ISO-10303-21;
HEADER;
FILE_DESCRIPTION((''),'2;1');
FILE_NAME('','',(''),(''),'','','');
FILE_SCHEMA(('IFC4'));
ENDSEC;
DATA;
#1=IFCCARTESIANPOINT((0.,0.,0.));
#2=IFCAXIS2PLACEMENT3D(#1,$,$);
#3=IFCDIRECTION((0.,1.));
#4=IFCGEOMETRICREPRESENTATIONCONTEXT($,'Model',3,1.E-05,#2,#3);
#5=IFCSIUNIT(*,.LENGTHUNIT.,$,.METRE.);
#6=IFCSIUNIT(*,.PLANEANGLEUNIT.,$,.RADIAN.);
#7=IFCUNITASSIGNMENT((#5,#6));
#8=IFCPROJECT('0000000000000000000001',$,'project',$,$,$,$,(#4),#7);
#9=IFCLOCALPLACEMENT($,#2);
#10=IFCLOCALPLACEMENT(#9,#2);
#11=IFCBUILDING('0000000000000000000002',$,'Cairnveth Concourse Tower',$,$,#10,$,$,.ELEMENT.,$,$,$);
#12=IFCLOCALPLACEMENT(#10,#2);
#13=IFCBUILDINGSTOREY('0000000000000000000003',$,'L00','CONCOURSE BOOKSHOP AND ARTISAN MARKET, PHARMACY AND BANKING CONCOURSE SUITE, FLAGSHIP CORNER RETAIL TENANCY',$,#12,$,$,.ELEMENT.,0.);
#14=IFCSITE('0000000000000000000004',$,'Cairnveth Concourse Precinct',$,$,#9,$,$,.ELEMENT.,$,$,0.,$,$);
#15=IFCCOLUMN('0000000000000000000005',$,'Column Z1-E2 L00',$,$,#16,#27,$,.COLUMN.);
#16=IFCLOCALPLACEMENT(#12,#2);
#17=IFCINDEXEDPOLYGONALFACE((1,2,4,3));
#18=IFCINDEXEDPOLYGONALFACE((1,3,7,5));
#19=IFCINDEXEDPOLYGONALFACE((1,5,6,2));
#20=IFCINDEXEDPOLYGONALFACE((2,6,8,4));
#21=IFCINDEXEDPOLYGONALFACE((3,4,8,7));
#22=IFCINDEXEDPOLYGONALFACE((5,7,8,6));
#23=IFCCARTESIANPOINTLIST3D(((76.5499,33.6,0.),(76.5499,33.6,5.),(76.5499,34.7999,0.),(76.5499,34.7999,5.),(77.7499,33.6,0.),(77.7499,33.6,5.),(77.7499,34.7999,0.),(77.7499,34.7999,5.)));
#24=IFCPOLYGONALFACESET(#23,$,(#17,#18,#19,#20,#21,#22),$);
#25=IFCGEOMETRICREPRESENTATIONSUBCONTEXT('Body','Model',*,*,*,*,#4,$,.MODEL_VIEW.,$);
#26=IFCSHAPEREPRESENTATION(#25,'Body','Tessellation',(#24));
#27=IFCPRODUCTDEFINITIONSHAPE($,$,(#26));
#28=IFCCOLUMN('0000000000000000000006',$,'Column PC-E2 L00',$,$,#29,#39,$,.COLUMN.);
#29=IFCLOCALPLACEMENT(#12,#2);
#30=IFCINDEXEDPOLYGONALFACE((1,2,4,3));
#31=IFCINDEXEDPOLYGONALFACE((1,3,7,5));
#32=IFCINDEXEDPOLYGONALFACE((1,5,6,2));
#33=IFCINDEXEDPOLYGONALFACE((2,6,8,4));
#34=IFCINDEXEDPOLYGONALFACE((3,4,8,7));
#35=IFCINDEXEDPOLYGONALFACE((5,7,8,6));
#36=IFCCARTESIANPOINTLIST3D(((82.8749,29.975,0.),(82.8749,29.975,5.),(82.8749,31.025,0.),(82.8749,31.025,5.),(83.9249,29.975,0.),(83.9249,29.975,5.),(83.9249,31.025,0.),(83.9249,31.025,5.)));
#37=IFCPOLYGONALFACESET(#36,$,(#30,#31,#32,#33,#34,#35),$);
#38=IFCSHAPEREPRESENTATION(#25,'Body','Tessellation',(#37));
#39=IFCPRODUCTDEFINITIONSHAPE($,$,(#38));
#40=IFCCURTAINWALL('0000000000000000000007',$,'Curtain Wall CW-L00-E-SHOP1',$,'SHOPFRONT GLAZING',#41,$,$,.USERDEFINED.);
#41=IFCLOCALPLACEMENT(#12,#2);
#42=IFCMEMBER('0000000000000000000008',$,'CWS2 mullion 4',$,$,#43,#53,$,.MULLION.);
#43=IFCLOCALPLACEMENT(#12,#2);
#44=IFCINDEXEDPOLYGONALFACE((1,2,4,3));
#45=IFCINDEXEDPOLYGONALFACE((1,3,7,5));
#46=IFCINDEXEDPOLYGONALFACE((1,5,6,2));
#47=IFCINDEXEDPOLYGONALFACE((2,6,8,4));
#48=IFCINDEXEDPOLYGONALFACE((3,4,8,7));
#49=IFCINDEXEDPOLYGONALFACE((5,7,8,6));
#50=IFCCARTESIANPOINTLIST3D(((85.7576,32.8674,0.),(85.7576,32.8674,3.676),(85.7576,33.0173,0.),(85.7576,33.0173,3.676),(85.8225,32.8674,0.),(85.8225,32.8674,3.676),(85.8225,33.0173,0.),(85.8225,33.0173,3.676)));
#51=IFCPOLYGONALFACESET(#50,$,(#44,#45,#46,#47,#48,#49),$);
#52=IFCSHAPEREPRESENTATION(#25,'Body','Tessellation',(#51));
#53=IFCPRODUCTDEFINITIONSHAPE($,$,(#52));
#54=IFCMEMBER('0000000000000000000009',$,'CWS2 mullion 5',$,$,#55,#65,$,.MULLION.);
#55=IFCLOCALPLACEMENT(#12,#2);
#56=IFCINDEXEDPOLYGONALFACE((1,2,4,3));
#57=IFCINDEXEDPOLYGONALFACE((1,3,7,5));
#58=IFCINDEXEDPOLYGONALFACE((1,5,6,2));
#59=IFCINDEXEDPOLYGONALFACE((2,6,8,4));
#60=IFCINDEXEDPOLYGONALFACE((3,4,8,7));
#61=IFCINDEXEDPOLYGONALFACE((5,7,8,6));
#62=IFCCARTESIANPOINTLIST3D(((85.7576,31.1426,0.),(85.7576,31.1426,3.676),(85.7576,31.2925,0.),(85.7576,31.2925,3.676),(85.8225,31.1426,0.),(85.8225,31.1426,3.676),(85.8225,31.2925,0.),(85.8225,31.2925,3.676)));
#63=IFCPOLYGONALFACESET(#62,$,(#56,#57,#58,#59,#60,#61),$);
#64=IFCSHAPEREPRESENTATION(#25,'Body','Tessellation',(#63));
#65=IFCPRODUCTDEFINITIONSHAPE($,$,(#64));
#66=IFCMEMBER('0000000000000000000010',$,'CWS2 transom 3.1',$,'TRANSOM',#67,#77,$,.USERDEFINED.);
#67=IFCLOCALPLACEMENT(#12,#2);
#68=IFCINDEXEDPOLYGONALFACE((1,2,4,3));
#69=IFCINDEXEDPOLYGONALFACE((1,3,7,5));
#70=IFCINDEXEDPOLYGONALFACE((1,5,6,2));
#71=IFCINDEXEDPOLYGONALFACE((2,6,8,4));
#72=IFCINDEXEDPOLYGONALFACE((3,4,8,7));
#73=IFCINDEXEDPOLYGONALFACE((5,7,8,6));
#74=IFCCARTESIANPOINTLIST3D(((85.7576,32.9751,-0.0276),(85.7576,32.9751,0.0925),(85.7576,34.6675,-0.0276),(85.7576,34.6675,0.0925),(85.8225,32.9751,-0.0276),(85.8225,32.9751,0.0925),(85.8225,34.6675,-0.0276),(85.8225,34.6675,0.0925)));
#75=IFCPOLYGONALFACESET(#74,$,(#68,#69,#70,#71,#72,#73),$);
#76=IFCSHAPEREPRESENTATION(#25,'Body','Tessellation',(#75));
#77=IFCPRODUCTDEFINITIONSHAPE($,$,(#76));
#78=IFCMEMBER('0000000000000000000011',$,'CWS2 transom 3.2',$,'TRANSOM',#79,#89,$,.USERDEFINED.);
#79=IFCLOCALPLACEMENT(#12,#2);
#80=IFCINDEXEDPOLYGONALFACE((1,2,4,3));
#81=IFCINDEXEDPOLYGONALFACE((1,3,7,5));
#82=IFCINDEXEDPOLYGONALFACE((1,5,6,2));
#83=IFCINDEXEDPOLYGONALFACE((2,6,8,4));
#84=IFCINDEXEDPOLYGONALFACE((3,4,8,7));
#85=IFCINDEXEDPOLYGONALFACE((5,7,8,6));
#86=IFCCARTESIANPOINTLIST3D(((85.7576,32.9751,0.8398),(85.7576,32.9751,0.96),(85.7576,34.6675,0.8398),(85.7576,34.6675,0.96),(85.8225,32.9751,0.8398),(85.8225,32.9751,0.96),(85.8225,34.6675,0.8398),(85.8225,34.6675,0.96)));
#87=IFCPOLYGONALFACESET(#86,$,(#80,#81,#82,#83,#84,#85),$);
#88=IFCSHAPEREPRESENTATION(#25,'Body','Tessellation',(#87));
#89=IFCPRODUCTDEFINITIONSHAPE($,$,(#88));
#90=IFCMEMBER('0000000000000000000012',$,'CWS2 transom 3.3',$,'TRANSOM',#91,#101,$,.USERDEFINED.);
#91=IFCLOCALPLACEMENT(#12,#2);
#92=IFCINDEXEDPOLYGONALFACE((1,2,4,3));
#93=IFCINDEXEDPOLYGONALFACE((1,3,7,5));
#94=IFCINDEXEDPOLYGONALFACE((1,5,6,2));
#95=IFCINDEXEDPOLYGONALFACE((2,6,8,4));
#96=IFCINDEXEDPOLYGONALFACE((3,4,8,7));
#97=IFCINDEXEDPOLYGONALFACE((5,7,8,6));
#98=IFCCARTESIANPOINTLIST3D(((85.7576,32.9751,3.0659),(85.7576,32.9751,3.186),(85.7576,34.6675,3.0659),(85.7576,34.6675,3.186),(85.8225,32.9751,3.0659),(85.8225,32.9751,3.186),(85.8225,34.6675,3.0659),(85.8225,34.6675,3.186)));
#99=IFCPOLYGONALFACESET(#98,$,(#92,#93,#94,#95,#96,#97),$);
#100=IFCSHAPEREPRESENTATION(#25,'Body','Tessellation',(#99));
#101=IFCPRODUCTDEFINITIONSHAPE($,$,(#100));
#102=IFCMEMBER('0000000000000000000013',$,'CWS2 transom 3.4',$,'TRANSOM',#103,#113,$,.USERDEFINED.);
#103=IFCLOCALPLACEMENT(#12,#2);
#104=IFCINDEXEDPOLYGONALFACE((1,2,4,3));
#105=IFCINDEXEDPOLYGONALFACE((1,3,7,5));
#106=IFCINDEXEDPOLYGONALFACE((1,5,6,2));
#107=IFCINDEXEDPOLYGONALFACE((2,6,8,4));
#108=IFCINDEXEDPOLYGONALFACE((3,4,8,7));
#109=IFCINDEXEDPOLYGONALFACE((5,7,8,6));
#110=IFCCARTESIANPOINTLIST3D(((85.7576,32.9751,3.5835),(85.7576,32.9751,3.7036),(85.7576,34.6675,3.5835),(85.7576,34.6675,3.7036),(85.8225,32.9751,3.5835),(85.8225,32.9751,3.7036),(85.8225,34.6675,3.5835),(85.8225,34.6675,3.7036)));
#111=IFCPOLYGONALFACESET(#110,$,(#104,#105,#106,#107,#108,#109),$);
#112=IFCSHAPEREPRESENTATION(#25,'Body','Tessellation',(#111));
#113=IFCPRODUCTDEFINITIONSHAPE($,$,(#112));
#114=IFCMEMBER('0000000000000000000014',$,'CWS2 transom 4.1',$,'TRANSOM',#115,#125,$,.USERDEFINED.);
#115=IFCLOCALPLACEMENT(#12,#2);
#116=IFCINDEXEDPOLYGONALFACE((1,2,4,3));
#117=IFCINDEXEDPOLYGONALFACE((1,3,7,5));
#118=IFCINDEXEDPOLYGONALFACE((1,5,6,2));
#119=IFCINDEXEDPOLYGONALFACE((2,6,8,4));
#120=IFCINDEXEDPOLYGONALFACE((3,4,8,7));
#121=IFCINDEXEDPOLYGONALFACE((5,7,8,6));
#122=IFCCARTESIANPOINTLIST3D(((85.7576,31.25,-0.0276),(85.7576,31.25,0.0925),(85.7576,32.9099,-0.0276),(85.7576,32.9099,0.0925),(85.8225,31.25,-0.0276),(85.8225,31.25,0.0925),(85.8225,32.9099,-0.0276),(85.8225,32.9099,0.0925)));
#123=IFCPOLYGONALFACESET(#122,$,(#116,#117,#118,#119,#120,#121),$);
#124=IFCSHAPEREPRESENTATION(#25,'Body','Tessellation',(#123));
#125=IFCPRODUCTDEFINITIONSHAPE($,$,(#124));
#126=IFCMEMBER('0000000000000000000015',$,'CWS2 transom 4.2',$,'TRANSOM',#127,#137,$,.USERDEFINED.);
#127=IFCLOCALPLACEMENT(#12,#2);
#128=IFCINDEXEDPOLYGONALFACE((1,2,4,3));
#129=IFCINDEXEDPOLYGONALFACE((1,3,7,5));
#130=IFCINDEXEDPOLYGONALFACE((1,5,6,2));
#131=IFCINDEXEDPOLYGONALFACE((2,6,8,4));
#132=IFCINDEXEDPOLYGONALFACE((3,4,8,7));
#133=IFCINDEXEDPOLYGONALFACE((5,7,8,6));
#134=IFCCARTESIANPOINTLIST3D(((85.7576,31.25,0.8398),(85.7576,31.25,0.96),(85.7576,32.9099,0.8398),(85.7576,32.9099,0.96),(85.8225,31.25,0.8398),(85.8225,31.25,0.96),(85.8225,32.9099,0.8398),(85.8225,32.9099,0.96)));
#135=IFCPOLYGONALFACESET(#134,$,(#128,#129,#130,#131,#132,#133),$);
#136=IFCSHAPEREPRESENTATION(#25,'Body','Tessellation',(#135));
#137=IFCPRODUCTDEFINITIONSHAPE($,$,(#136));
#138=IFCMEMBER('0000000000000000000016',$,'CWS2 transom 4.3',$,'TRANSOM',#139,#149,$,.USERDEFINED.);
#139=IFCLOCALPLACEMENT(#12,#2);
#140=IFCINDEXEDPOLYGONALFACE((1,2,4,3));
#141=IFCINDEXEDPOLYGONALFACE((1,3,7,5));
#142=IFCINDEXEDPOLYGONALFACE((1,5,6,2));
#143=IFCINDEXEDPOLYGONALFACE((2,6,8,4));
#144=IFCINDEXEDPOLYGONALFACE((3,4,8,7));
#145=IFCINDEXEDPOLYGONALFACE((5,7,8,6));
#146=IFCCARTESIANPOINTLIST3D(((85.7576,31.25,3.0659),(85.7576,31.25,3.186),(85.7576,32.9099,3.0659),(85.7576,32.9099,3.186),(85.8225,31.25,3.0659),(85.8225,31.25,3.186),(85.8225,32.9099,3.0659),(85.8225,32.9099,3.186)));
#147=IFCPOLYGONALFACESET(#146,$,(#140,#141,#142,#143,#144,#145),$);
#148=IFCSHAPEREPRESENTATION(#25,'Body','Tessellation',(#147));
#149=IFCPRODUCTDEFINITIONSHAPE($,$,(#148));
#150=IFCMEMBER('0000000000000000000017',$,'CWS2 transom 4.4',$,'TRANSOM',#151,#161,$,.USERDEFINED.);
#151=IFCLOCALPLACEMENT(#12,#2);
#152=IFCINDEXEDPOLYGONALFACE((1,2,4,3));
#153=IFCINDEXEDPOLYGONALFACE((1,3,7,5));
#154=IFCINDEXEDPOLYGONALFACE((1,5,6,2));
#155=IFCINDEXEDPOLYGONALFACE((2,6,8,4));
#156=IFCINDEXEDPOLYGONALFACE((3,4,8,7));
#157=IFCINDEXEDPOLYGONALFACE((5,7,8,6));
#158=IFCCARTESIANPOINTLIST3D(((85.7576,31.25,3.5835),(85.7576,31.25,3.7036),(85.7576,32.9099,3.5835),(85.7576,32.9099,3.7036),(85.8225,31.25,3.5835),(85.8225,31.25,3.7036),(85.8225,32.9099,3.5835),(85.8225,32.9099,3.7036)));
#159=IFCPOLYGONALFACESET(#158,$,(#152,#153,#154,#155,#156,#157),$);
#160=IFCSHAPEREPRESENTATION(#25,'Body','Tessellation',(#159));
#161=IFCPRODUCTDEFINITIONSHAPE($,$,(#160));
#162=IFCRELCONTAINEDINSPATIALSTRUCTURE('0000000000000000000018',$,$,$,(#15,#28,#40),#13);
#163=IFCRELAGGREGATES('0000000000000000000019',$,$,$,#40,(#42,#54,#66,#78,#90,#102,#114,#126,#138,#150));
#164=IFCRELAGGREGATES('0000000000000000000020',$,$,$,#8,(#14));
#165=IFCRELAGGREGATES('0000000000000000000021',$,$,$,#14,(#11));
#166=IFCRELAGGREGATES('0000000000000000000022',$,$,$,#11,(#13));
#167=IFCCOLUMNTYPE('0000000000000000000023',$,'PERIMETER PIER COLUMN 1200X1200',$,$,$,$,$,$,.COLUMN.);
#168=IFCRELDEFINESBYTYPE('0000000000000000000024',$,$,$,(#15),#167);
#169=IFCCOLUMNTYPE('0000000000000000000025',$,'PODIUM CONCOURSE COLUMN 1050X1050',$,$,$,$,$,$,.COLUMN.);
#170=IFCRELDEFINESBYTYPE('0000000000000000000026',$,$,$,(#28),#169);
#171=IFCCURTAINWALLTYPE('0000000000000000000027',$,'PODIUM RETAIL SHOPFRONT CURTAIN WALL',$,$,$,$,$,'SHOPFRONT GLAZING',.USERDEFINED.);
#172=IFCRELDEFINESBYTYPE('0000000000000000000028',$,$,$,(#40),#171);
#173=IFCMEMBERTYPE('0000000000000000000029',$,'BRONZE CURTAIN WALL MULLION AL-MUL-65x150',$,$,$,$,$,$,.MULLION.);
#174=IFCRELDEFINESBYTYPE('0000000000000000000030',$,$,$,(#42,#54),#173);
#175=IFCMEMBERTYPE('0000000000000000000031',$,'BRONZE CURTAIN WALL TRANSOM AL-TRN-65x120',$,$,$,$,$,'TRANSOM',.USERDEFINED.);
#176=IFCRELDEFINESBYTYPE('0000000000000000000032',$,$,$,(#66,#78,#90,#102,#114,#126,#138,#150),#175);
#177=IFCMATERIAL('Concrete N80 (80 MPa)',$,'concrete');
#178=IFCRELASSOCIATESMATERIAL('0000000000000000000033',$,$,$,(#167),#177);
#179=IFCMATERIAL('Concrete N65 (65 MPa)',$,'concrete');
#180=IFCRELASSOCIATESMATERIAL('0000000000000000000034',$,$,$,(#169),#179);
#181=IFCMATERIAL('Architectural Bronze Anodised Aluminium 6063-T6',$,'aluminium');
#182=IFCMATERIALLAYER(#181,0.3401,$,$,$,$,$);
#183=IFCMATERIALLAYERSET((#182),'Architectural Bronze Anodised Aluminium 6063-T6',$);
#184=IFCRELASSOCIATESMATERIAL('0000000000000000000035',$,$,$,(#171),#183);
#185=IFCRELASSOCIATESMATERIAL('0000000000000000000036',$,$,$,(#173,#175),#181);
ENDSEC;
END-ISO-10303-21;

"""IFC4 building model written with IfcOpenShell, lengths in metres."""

from ifc_helpers import new_model, si_unit, direction, frame, origin, origin_2d, place, context, subcontext, project, spatial, rectangle, extrude, material, layer, layer_set, material_profile, profile_set, type_object, element, aggregate, save


model = new_model("IFC4")

# Units and contexts
model_context = context("Model", 3, precision=1e-05, world=origin(), true_north=direction((0.0, 1.0)))
body_context = subcontext(model_context, "Body", "Model", "MODEL_VIEW")
ifc_project = project(units=[si_unit("LENGTHUNIT", "METRE"), si_unit("PLANEANGLEUNIT", "RADIAN")], contexts=[model_context])

# Site, building, storey
site_placement = place(None, origin())
site = spatial("IfcSite", under=ifc_project, at=site_placement, Name="Cairnveth Concourse Precinct", CompositionType="ELEMENT", RefElevation=0.0)
building_placement = place(site_placement, origin())
building = spatial("IfcBuilding", under=site, at=building_placement, Name="Cairnveth Concourse Tower", CompositionType="ELEMENT")
storey_placement = place(building_placement, origin())
storey = spatial("IfcBuildingStorey", under=building, at=storey_placement, Name="L00", Description="CONCOURSE BOOKSHOP AND ARTISAN MARKET, PHARMACY AND BANKING CONCOURSE SUITE, FLAGSHIP CORNER RETAIL TENANCY", CompositionType="ELEMENT", Elevation=0.0)

# Columns
ifc_material_1 = material(Name="Concrete N80 (80 MPa)", Category="concrete")
ifc_material_profile_1 = material_profile(ifc_material_1, rectangle(XDim=1.2, YDim=1.2, at=origin_2d()), Name="RC-COL-1200x1200")
ifc_profile_set_1 = profile_set([ifc_material_profile_1], Name="Concrete N80 (80 MPa)")
column_type_1 = type_object("IfcColumnType", Name="PERIMETER PIER COLUMN 1200X1200", PredefinedType="COLUMN", material=ifc_profile_set_1)
column_1_placement = place(storey_placement, frame((77.1499, 34.2, 0.0), z_axis=(0.0, 0.0, 1.0), x_axis=(1.0, 0.0, 0.0)))
element("IfcColumn", 1, at=column_1_placement, inside=storey, type_object=column_type_1, Name="Column Z1-E2 L00", PredefinedType="COLUMN", context=body_context, shape_type="SweptSolid", body=[
    extrude(rectangle(XDim=1.2, YDim=1.2, at=origin_2d()), origin(), (0.0, 0.0, 1.0), 5.0),
])
ifc_material_2 = material(Name="Concrete N65 (65 MPa)", Category="concrete")
ifc_material_profile_2 = material_profile(ifc_material_2, rectangle(XDim=1.05, YDim=1.05, at=origin_2d()), Name="RC-COL-1050x1050")
ifc_profile_set_2 = profile_set([ifc_material_profile_2], Name="Concrete N65 (65 MPa)")
column_type_2 = type_object("IfcColumnType", Name="PODIUM CONCOURSE COLUMN 1050X1050", PredefinedType="COLUMN", material=ifc_profile_set_2)
column_2_placement = place(storey_placement, frame((83.3999, 30.5, 0.0), z_axis=(0.0, 0.0, 1.0), x_axis=(1.0, 0.0, 0.0)))
element("IfcColumn", 2, at=column_2_placement, inside=storey, type_object=column_type_2, Name="Column PC-E2 L00", PredefinedType="COLUMN", context=body_context, shape_type="SweptSolid", body=[
    extrude(rectangle(XDim=1.05, YDim=1.05, at=origin_2d()), origin(), (0.0, 0.0, 1.0), 5.0),
])

# Curtain wall, members
ifc_material_3 = material(Name="Architectural Bronze Anodised Aluminium 6063-T6", Category="aluminium")
ifc_layer_1 = layer(ifc_material_3, 0.3401)
ifc_layer_set_1 = layer_set([ifc_layer_1], Name="Architectural Bronze Anodised Aluminium 6063-T6")
curtain_wall_type = type_object("IfcCurtainWallType", Name="PODIUM RETAIL SHOPFRONT CURTAIN WALL", ElementType="SHOPFRONT GLAZING", PredefinedType="USERDEFINED", material=ifc_layer_set_1)
curtain_wall_placement = place(storey_placement, origin())
curtain_wall = element("IfcCurtainWall", 3, at=curtain_wall_placement, inside=storey, type_object=curtain_wall_type, Name="Curtain Wall CW-L00-E-SHOP1", ObjectType="SHOPFRONT GLAZING", PredefinedType="USERDEFINED")
ifc_material_profile_3 = material_profile(ifc_material_3, rectangle(XDim=0.0649, YDim=0.1499, at=origin_2d()), Name="AL-MUL-65x150")
ifc_profile_set_3 = profile_set([ifc_material_profile_3], Name="Architectural Bronze Anodised Aluminium 6063-T6")
member_type_1 = type_object("IfcMemberType", Name="BRONZE CURTAIN WALL MULLION AL-MUL-65x150", PredefinedType="MULLION", material=ifc_profile_set_3)
member_1_placement = place(storey_placement, frame((85.79, 32.9424, 0.0), z_axis=(0.0, 0.0, 1.0), x_axis=(1.0, 0.0, 0.0)))
member_1 = element("IfcMember", 4, at=member_1_placement, type_object=member_type_1, Name="CWS2 mullion 4", PredefinedType="MULLION", context=body_context, shape_type="SweptSolid", body=[
    extrude(rectangle(XDim=0.0649, YDim=0.1499, at=origin_2d()), origin(), (0.0, 0.0, 1.0), 3.676),
])
member_2_placement = place(storey_placement, frame((85.79, 31.2175, 0.0), z_axis=(0.0, 0.0, 1.0), x_axis=(1.0, 0.0, 0.0)))
member_2 = element("IfcMember", 5, at=member_2_placement, type_object=member_type_1, Name="CWS2 mullion 5", PredefinedType="MULLION", context=body_context, shape_type="SweptSolid", body=[
    extrude(rectangle(XDim=0.0649, YDim=0.1499, at=origin_2d()), origin(), (0.0, 0.0, 1.0), 3.676),
])
ifc_material_profile_4 = material_profile(ifc_material_3, rectangle(XDim=0.0649, YDim=0.1201, at=origin_2d()), Name="AL-TRN-65x120")
ifc_profile_set_4 = profile_set([ifc_material_profile_4], Name="Architectural Bronze Anodised Aluminium 6063-T6")
member_type_2 = type_object("IfcMemberType", Name="BRONZE CURTAIN WALL TRANSOM AL-TRN-65x120", ElementType="TRANSOM", PredefinedType="USERDEFINED", material=ifc_profile_set_4)
member_3_placement = place(storey_placement, frame((85.79, 34.6675, 0.0325), z_axis=(0.0, -1.0, 0.0), x_axis=(1.0, 0.0, 0.0)))
member_3 = element("IfcMember", 6, at=member_3_placement, type_object=member_type_2, Name="CWS2 transom 3.1", ObjectType="TRANSOM", PredefinedType="USERDEFINED", context=body_context, shape_type="SweptSolid", body=[
    extrude(rectangle(XDim=0.0649, YDim=0.1201, at=origin_2d()), origin(), (0.0, 0.0, 1.0), 1.6924),
])
member_4_placement = place(storey_placement, frame((85.79, 34.6675, 0.8999), z_axis=(0.0, -1.0, 0.0), x_axis=(1.0, 0.0, 0.0)))
member_4 = element("IfcMember", 7, at=member_4_placement, type_object=member_type_2, Name="CWS2 transom 3.2", ObjectType="TRANSOM", PredefinedType="USERDEFINED", context=body_context, shape_type="SweptSolid", body=[
    extrude(rectangle(XDim=0.0649, YDim=0.1201, at=origin_2d()), origin(), (0.0, 0.0, 1.0), 1.6924),
])
member_5_placement = place(storey_placement, frame((85.79, 34.6675, 3.126), z_axis=(0.0, -1.0, 0.0), x_axis=(1.0, 0.0, 0.0)))
member_5 = element("IfcMember", 8, at=member_5_placement, type_object=member_type_2, Name="CWS2 transom 3.3", ObjectType="TRANSOM", PredefinedType="USERDEFINED", context=body_context, shape_type="SweptSolid", body=[
    extrude(rectangle(XDim=0.0649, YDim=0.1201, at=origin_2d()), origin(), (0.0, 0.0, 1.0), 1.6924),
])
member_6_placement = place(storey_placement, frame((85.79, 34.6675, 3.6436), z_axis=(0.0, -1.0, 0.0), x_axis=(1.0, 0.0, 0.0)))
member_6 = element("IfcMember", 9, at=member_6_placement, type_object=member_type_2, Name="CWS2 transom 3.4", ObjectType="TRANSOM", PredefinedType="USERDEFINED", context=body_context, shape_type="SweptSolid", body=[
    extrude(rectangle(XDim=0.0649, YDim=0.1201, at=origin_2d()), origin(), (0.0, 0.0, 1.0), 1.6924),
])
member_7_placement = place(storey_placement, frame((85.79, 32.9099, 0.0325), z_axis=(0.0, -1.0, 0.0), x_axis=(1.0, 0.0, 0.0)))
member_7 = element("IfcMember", 10, at=member_7_placement, type_object=member_type_2, Name="CWS2 transom 4.1", ObjectType="TRANSOM", PredefinedType="USERDEFINED", context=body_context, shape_type="SweptSolid", body=[
    extrude(rectangle(XDim=0.0649, YDim=0.1201, at=origin_2d()), origin(), (0.0, 0.0, 1.0), 1.6599),
])
member_8_placement = place(storey_placement, frame((85.79, 32.9099, 0.8999), z_axis=(0.0, -1.0, 0.0), x_axis=(1.0, 0.0, 0.0)))
member_8 = element("IfcMember", 11, at=member_8_placement, type_object=member_type_2, Name="CWS2 transom 4.2", ObjectType="TRANSOM", PredefinedType="USERDEFINED", context=body_context, shape_type="SweptSolid", body=[
    extrude(rectangle(XDim=0.0649, YDim=0.1201, at=origin_2d()), origin(), (0.0, 0.0, 1.0), 1.6599),
])
member_9_placement = place(storey_placement, frame((85.79, 32.9099, 3.126), z_axis=(0.0, -1.0, 0.0), x_axis=(1.0, 0.0, 0.0)))
member_9 = element("IfcMember", 12, at=member_9_placement, type_object=member_type_2, Name="CWS2 transom 4.3", ObjectType="TRANSOM", PredefinedType="USERDEFINED", context=body_context, shape_type="SweptSolid", body=[
    extrude(rectangle(XDim=0.0649, YDim=0.1201, at=origin_2d()), origin(), (0.0, 0.0, 1.0), 1.6599),
])
member_10_placement = place(storey_placement, frame((85.79, 32.9099, 3.6436), z_axis=(0.0, -1.0, 0.0), x_axis=(1.0, 0.0, 0.0)))
member_10 = element("IfcMember", 13, at=member_10_placement, type_object=member_type_2, Name="CWS2 transom 4.4", ObjectType="TRANSOM", PredefinedType="USERDEFINED", context=body_context, shape_type="SweptSolid", body=[
    extrude(rectangle(XDim=0.0649, YDim=0.1201, at=origin_2d()), origin(), (0.0, 0.0, 1.0), 1.6599),
])

aggregate(curtain_wall, [member_1, member_2, member_3, member_4, member_5, member_6, member_7, member_8, member_9, member_10])

save(model, "model.ifc")
